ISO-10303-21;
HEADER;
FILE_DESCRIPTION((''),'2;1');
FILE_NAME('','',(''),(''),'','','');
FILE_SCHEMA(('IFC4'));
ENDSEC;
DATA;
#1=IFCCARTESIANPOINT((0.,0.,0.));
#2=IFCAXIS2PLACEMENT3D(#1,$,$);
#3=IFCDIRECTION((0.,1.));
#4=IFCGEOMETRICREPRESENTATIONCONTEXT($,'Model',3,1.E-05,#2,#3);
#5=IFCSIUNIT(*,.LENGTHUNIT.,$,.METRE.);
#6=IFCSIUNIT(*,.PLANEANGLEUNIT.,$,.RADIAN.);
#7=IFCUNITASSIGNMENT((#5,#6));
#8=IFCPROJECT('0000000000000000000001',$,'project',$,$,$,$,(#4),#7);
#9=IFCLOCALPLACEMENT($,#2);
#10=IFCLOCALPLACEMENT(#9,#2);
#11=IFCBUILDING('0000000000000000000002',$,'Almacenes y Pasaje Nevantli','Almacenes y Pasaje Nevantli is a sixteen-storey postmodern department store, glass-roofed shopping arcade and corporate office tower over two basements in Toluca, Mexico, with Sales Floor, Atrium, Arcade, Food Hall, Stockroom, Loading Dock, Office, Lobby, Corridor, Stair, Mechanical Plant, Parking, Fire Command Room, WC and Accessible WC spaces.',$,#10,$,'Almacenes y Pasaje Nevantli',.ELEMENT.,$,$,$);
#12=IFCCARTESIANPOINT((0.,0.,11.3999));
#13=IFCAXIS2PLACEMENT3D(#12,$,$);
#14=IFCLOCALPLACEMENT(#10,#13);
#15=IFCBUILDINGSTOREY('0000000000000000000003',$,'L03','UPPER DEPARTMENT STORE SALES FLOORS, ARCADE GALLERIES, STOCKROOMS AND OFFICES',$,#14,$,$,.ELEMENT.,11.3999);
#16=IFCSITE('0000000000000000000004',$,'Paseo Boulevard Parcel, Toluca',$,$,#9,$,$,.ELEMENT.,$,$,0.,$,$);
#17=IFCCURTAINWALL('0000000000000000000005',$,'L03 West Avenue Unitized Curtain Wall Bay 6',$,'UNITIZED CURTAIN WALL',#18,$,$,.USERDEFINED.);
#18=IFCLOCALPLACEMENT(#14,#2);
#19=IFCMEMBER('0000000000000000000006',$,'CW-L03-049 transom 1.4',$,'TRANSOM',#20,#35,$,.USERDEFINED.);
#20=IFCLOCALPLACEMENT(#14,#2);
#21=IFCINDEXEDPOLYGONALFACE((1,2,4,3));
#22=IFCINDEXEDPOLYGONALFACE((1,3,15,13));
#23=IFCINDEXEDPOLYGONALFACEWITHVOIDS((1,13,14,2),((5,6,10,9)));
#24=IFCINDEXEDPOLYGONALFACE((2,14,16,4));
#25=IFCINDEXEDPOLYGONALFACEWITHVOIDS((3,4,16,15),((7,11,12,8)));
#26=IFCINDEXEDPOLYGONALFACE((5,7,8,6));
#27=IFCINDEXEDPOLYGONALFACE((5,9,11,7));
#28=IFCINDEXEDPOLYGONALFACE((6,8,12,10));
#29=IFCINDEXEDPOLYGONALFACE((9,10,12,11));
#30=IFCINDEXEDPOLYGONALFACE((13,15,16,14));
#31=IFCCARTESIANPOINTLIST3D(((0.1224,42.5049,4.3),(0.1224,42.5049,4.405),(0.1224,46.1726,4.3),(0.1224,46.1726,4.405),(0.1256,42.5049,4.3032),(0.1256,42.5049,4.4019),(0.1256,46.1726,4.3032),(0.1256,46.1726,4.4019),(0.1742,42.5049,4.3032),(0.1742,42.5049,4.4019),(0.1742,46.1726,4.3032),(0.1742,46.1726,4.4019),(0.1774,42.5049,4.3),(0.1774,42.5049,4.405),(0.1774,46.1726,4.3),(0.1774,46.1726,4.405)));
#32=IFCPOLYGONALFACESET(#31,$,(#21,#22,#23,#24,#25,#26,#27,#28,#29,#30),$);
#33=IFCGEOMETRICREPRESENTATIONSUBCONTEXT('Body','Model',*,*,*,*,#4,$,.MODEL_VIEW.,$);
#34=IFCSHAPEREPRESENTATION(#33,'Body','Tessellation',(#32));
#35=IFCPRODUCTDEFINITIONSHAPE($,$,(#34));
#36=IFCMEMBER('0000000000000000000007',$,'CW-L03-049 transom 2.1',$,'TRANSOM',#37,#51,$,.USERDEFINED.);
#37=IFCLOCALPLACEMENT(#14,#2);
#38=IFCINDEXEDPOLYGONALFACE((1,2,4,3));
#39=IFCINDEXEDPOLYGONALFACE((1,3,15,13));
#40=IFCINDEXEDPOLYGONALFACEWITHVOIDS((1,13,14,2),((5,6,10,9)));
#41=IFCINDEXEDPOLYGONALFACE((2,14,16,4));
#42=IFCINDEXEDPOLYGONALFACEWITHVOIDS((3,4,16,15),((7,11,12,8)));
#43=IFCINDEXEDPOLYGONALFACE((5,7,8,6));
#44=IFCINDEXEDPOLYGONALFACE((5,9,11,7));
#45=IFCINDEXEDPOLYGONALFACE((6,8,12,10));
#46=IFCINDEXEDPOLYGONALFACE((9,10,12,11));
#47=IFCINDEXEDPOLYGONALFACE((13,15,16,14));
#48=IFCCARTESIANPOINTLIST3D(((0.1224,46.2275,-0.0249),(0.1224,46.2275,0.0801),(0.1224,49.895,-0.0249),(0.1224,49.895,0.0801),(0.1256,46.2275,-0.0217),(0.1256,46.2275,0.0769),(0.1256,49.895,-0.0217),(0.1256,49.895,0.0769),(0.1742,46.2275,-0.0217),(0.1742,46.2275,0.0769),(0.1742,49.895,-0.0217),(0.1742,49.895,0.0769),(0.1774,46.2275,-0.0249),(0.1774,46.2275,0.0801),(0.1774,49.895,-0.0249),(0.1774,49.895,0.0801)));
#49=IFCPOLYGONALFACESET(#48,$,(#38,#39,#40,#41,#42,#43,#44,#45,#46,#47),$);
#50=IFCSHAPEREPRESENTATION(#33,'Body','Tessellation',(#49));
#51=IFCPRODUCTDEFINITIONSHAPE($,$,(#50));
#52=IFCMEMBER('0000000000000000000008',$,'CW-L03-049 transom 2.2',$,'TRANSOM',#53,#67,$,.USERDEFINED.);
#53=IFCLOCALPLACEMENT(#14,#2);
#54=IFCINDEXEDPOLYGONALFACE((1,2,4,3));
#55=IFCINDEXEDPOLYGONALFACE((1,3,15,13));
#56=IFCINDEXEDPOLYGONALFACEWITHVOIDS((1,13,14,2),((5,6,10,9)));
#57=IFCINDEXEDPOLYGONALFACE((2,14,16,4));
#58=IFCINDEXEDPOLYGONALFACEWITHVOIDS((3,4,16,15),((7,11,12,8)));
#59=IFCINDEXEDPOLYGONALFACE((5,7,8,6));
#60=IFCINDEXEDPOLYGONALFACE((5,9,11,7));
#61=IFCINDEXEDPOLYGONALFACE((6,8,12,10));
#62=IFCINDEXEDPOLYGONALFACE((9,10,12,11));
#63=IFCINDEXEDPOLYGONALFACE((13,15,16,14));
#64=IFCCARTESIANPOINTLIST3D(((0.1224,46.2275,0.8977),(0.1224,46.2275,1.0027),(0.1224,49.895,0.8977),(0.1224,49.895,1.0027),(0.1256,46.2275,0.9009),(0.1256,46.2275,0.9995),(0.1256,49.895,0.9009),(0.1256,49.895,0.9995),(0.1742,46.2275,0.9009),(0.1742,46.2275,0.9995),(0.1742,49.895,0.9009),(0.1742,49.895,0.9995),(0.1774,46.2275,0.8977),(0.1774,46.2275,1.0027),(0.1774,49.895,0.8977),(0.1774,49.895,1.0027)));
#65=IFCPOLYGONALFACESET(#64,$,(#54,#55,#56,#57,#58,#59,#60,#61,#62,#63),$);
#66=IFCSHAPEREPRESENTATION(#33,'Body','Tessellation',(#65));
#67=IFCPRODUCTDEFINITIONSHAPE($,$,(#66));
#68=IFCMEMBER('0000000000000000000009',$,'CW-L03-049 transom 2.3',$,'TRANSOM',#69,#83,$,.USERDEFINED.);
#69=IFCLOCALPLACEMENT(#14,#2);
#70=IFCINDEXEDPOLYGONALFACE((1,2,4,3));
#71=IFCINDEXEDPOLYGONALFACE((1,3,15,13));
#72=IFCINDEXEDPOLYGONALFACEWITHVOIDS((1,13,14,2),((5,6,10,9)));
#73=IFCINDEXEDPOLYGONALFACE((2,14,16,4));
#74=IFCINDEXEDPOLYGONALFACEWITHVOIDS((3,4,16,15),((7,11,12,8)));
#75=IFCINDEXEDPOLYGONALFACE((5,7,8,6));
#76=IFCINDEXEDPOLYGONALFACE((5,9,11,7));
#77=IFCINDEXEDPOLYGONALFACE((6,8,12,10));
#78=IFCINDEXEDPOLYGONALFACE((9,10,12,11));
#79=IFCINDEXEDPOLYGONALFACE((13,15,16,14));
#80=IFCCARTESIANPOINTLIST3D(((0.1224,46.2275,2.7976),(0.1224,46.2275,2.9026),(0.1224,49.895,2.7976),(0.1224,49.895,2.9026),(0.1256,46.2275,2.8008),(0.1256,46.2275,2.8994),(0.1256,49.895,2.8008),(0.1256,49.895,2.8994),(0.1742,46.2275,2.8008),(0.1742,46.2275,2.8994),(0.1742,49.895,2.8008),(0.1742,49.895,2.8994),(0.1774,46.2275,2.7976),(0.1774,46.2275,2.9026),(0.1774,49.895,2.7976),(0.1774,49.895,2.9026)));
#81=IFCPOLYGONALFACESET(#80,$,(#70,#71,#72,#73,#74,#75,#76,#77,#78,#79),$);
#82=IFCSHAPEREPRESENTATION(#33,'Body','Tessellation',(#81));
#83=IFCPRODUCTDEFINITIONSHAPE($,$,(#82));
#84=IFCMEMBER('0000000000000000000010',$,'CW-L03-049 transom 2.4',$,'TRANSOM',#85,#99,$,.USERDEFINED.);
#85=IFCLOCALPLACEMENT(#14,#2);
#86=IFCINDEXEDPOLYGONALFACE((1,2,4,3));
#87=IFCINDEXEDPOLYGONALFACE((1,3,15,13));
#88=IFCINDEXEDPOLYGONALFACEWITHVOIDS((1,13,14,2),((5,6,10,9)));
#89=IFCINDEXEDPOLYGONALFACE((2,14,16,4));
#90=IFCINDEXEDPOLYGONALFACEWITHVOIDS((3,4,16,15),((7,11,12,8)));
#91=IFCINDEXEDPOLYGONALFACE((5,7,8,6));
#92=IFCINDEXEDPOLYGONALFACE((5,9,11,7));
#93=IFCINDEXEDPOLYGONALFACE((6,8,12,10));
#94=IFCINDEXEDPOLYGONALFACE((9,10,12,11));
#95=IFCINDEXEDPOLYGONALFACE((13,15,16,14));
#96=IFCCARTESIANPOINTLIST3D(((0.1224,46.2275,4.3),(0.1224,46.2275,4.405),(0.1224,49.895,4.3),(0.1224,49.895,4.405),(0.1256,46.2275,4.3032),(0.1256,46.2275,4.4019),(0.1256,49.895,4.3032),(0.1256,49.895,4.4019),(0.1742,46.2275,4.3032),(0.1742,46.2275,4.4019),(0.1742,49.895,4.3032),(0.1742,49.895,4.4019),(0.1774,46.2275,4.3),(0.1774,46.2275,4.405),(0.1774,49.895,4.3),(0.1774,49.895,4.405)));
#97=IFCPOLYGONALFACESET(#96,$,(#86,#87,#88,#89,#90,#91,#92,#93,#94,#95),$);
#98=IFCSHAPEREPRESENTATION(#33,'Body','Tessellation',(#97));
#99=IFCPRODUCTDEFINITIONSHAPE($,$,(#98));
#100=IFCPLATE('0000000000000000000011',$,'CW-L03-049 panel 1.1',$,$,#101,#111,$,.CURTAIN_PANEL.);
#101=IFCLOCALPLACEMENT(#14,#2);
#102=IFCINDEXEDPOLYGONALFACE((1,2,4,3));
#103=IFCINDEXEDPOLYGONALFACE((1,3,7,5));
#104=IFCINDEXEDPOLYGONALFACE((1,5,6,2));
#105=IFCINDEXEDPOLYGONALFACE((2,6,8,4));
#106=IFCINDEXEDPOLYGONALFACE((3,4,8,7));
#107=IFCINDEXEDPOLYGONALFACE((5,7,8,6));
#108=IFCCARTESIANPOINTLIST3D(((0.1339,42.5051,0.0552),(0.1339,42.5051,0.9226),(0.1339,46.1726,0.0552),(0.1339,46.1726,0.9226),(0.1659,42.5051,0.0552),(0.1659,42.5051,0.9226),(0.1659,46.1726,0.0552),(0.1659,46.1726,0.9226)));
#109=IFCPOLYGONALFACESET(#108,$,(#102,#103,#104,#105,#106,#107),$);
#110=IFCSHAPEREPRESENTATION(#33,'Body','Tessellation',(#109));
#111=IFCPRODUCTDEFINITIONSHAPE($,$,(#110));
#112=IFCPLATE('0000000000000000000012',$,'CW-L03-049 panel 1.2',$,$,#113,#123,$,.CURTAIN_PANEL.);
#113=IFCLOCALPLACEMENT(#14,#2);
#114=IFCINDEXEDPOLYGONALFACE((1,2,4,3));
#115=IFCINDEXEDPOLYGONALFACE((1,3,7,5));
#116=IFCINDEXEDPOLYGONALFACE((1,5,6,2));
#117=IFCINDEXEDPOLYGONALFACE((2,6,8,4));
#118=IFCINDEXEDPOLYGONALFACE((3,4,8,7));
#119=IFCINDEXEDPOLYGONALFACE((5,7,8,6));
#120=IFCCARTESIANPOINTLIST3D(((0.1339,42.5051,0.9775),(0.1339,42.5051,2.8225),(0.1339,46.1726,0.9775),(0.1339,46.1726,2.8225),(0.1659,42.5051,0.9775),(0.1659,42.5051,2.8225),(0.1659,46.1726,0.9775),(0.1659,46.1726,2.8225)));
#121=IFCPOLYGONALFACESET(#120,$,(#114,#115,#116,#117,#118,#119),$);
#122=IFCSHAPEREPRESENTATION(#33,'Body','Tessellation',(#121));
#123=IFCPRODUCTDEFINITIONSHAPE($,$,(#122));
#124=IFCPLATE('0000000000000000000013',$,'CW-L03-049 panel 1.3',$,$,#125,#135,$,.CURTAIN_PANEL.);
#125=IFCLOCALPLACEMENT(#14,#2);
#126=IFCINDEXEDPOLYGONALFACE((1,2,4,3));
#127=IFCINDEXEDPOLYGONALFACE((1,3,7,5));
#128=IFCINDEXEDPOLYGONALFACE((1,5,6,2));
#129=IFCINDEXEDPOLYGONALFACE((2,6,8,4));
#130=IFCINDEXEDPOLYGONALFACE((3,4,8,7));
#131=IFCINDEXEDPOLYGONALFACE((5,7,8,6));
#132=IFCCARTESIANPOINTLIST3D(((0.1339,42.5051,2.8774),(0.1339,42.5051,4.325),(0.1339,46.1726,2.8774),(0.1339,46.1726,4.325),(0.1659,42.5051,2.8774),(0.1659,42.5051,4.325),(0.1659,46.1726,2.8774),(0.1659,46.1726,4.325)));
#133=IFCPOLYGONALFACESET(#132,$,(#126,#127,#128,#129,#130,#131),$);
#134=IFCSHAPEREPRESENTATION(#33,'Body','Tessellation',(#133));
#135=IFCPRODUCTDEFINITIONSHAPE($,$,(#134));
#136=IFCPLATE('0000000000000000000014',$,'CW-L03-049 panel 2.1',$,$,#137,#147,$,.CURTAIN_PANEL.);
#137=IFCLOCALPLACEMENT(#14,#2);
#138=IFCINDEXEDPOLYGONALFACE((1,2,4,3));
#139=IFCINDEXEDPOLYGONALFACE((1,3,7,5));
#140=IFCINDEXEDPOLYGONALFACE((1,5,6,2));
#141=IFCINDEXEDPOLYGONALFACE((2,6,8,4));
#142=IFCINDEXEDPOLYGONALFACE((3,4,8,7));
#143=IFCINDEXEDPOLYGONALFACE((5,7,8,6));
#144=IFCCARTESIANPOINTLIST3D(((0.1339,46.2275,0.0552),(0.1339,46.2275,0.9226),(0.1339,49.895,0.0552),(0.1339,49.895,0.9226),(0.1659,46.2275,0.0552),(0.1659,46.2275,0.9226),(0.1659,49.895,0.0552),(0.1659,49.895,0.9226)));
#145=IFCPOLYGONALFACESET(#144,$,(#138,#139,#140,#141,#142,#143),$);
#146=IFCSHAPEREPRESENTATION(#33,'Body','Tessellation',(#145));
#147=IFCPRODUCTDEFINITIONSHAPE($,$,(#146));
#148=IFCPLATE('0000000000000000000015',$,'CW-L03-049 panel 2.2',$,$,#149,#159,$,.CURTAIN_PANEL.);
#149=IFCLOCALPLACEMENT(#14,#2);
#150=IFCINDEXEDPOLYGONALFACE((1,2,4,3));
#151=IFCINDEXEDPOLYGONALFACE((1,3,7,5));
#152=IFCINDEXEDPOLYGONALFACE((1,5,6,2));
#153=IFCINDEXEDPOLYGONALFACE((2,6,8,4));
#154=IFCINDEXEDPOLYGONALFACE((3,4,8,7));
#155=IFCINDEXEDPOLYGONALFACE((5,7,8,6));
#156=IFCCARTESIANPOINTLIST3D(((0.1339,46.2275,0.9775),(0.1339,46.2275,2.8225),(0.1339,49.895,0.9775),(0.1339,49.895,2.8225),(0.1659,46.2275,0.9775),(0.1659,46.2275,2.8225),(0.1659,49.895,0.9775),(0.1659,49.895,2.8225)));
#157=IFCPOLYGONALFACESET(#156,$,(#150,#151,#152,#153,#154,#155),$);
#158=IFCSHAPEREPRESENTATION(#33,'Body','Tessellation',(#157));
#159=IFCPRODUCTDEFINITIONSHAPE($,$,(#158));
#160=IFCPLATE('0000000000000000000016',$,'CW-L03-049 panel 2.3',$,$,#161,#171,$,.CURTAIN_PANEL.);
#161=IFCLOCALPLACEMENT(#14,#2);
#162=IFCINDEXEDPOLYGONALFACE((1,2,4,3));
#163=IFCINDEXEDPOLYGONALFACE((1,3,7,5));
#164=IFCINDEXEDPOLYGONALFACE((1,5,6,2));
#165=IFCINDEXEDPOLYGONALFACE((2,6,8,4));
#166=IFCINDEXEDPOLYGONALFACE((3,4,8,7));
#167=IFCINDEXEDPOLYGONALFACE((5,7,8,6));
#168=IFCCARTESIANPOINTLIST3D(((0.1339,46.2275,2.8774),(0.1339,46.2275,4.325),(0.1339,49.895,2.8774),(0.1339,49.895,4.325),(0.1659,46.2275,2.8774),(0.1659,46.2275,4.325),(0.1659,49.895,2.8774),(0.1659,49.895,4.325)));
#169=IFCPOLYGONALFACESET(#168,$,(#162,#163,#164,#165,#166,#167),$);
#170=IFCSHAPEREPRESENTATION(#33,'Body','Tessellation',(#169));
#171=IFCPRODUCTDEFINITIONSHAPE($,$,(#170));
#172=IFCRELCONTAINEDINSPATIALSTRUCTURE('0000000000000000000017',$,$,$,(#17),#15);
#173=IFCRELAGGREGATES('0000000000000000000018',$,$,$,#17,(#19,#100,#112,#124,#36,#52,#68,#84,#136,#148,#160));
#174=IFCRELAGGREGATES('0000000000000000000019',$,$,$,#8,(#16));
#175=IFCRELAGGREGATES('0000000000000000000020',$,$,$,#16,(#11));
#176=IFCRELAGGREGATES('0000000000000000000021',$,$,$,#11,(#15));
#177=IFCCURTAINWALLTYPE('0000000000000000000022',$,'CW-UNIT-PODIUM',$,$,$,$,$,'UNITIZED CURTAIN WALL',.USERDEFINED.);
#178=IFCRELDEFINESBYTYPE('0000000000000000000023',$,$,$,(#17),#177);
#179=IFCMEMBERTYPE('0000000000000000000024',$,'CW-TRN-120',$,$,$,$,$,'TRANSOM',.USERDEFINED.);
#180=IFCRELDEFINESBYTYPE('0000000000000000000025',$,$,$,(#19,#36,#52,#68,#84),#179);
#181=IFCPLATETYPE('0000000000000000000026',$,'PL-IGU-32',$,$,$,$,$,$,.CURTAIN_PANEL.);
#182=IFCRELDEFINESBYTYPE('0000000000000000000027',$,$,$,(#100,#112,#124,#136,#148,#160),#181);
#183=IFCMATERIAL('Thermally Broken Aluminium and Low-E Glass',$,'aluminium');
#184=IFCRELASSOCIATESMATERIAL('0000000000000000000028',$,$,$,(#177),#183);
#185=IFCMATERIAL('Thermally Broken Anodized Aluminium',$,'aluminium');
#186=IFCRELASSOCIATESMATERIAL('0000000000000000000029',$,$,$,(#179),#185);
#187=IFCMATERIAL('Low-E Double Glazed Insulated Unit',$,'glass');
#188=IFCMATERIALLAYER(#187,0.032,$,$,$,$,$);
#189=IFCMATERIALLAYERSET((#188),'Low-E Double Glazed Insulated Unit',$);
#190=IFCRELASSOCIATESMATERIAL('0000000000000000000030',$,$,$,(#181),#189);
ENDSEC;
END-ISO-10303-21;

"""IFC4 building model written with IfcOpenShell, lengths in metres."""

from ifc_helpers import new_model, si_unit, direction, frame, origin, origin_2d, place, context, subcontext, project, spatial, rectangle, hollow_rectangle, extrude, material, layer, layer_set, material_profile, profile_set, type_object, element, aggregate, save


model = new_model("IFC4")

# Units and contexts
model_context = context("Model", 3, precision=1e-05, world=origin(), true_north=direction((0.0, 1.0)))
body_context = subcontext(model_context, "Body", "Model", "MODEL_VIEW")
ifc_project = project(units=[si_unit("LENGTHUNIT", "METRE"), si_unit("PLANEANGLEUNIT", "RADIAN")], contexts=[model_context])

# Site, building, storey
site_placement = place(None, origin())
site = spatial("IfcSite", under=ifc_project, at=site_placement, Name="Paseo Boulevard Parcel, Toluca", CompositionType="ELEMENT", RefElevation=0.0)
building_placement = place(site_placement, origin())
building = spatial("IfcBuilding", under=site, at=building_placement, Name="Almacenes y Pasaje Nevantli", Description="Almacenes y Pasaje Nevantli is a sixteen-storey postmodern department store, glass-roofed shopping arcade and corporate office tower over two basements in Toluca, Mexico, with Sales Floor, Atrium, Arcade, Food Hall, Stockroom, Loading Dock, Office, Lobby, Corridor, Stair, Mechanical Plant, Parking, Fire Command Room, WC and Accessible WC spaces.", LongName="Almacenes y Pasaje Nevantli", CompositionType="ELEMENT")
storey_placement = place(building_placement, frame((0.0, 0.0, 11.3999)))
storey = spatial("IfcBuildingStorey", under=building, at=storey_placement, Name="L03", Description="UPPER DEPARTMENT STORE SALES FLOORS, ARCADE GALLERIES, STOCKROOMS AND OFFICES", CompositionType="ELEMENT", Elevation=11.3999)

# Curtain wall, members, plates
ifc_material_1 = material(Name="Thermally Broken Aluminium and Low-E Glass", Category="aluminium")
curtain_wall_type = type_object("IfcCurtainWallType", Name="CW-UNIT-PODIUM", ElementType="UNITIZED CURTAIN WALL", PredefinedType="USERDEFINED", material=ifc_material_1)
curtain_wall_placement = place(storey_placement, origin())
curtain_wall = element("IfcCurtainWall", 1, at=curtain_wall_placement, inside=storey, type_object=curtain_wall_type, Name="L03 West Avenue Unitized Curtain Wall Bay 6", ObjectType="UNITIZED CURTAIN WALL", PredefinedType="USERDEFINED")
ifc_material_2 = material(Name="Thermally Broken Anodized Aluminium", Category="aluminium")
ifc_material_profile_1 = material_profile(ifc_material_2, hollow_rectangle(XDim=0.0549, YDim=0.105, WallThickness=0.0032, at=origin_2d()), Name="ALU-TRN-55x105")
ifc_profile_set_1 = profile_set([ifc_material_profile_1], Name="Thermally Broken Anodized Aluminium")
member_type_1 = type_object("IfcMemberType", Name="CW-TRN-120", ElementType="TRANSOM", PredefinedType="USERDEFINED", material=ifc_profile_set_1)
member_1_placement = place(storey_placement, frame((0.1499, 42.5049, 4.3525), z_axis=(0.0, 1.0, 0.0), x_axis=(-1.0, 0.0, 0.0)))
member_1 = element("IfcMember", 2, at=member_1_placement, type_object=member_type_1, Name="CW-L03-049 transom 1.4", ObjectType="TRANSOM", PredefinedType="USERDEFINED", context=body_context, shape_type="SweptSolid", body=[
    extrude(hollow_rectangle(XDim=0.0549, YDim=0.105, WallThickness=0.0032, at=origin_2d()), origin(), (0.0, 0.0, 1.0), 3.6677),
])
member_2_placement = place(storey_placement, frame((0.1499, 46.2275, 0.0276), z_axis=(0.0, 1.0, 0.0), x_axis=(-1.0, 0.0, 0.0)))
member_2 = element("IfcMember", 3, at=member_2_placement, type_object=member_type_1, Name="CW-L03-049 transom 2.1", ObjectType="TRANSOM", PredefinedType="USERDEFINED", context=body_context, shape_type="SweptSolid", body=[
    extrude(hollow_rectangle(XDim=0.0549, YDim=0.105, WallThickness=0.0032, at=origin_2d()), origin(), (0.0, 0.0, 1.0), 3.6675),
])
member_3_placement = place(storey_placement, frame((0.1499, 46.2275, 0.9502), z_axis=(0.0, 1.0, 0.0), x_axis=(-1.0, 0.0, 0.0)))
member_3 = element("IfcMember", 4, at=member_3_placement, type_object=member_type_1, Name="CW-L03-049 transom 2.2", ObjectType="TRANSOM", PredefinedType="USERDEFINED", context=body_context, shape_type="SweptSolid", body=[
    extrude(hollow_rectangle(XDim=0.0549, YDim=0.105, WallThickness=0.0032, at=origin_2d()), origin(), (0.0, 0.0, 1.0), 3.6675),
])
member_4_placement = place(storey_placement, frame((0.1499, 46.2275, 2.8501), z_axis=(0.0, 1.0, 0.0), x_axis=(-1.0, 0.0, 0.0)))
member_4 = element("IfcMember", 5, at=member_4_placement, type_object=member_type_1, Name="CW-L03-049 transom 2.3", ObjectType="TRANSOM", PredefinedType="USERDEFINED", context=body_context, shape_type="SweptSolid", body=[
    extrude(hollow_rectangle(XDim=0.0549, YDim=0.105, WallThickness=0.0032, at=origin_2d()), origin(), (0.0, 0.0, 1.0), 3.6675),
])
member_5_placement = place(storey_placement, frame((0.1499, 46.2275, 4.3525), z_axis=(0.0, 1.0, 0.0), x_axis=(-1.0, 0.0, 0.0)))
member_5 = element("IfcMember", 6, at=member_5_placement, type_object=member_type_1, Name="CW-L03-049 transom 2.4", ObjectType="TRANSOM", PredefinedType="USERDEFINED", context=body_context, shape_type="SweptSolid", body=[
    extrude(hollow_rectangle(XDim=0.0549, YDim=0.105, WallThickness=0.0032, at=origin_2d()), origin(), (0.0, 0.0, 1.0), 3.6675),
])
ifc_material_3 = material(Name="Low-E Double Glazed Insulated Unit", Category="glass")
ifc_layer_1 = layer(ifc_material_3, 0.032)
ifc_layer_set_1 = layer_set([ifc_layer_1], Name="Low-E Double Glazed Insulated Unit")
plate_type = type_object("IfcPlateType", Name="PL-IGU-32", PredefinedType="CURTAIN_PANEL", material=ifc_layer_set_1)
plate_1_placement = place(storey_placement, frame((0.1499, 44.3389, 0.0552), z_axis=(0.0, 0.0, 1.0), x_axis=(0.0, 1.0, 0.0)))
plate_1 = element("IfcPlate", 7, at=plate_1_placement, type_object=plate_type, Name="CW-L03-049 panel 1.1", PredefinedType="CURTAIN_PANEL", context=body_context, shape_type="SweptSolid", body=[
    extrude(rectangle(XDim=3.6675, YDim=0.032, at=origin_2d()), origin(), (0.0, 0.0, 1.0), 0.8674),
])
plate_2_placement = place(storey_placement, frame((0.1499, 44.3389, 0.9775), z_axis=(0.0, 0.0, 1.0), x_axis=(0.0, 1.0, 0.0)))
plate_2 = element("IfcPlate", 8, at=plate_2_placement, type_object=plate_type, Name="CW-L03-049 panel 1.2", PredefinedType="CURTAIN_PANEL", context=body_context, shape_type="SweptSolid", body=[
    extrude(rectangle(XDim=3.6675, YDim=0.032, at=origin_2d()), origin(), (0.0, 0.0, 1.0), 1.845),
])
plate_3_placement = place(storey_placement, frame((0.1499, 44.3389, 2.8774), z_axis=(0.0, 0.0, 1.0), x_axis=(0.0, 1.0, 0.0)))
plate_3 = element("IfcPlate", 9, at=plate_3_placement, type_object=plate_type, Name="CW-L03-049 panel 1.3", PredefinedType="CURTAIN_PANEL", context=body_context, shape_type="SweptSolid", body=[
    extrude(rectangle(XDim=3.6675, YDim=0.032, at=origin_2d()), origin(), (0.0, 0.0, 1.0), 1.4475),
])
plate_4_placement = place(storey_placement, frame((0.1499, 48.0613, 0.0552), z_axis=(0.0, 0.0, 1.0), x_axis=(0.0, 1.0, 0.0)))
plate_4 = element("IfcPlate", 10, at=plate_4_placement, type_object=plate_type, Name="CW-L03-049 panel 2.1", PredefinedType="CURTAIN_PANEL", context=body_context, shape_type="SweptSolid", body=[
    extrude(rectangle(XDim=3.6675, YDim=0.032, at=origin_2d()), origin(), (0.0, 0.0, 1.0), 0.8674),
])
plate_5_placement = place(storey_placement, frame((0.1499, 48.0613, 0.9775), z_axis=(0.0, 0.0, 1.0), x_axis=(0.0, 1.0, 0.0)))
plate_5 = element("IfcPlate", 11, at=plate_5_placement, type_object=plate_type, Name="CW-L03-049 panel 2.2", PredefinedType="CURTAIN_PANEL", context=body_context, shape_type="SweptSolid", body=[
    extrude(rectangle(XDim=3.6675, YDim=0.032, at=origin_2d()), origin(), (0.0, 0.0, 1.0), 1.845),
])
plate_6_placement = place(storey_placement, frame((0.1499, 48.0613, 2.8774), z_axis=(0.0, 0.0, 1.0), x_axis=(0.0, 1.0, 0.0)))
plate_6 = element("IfcPlate", 12, at=plate_6_placement, type_object=plate_type, Name="CW-L03-049 panel 2.3", PredefinedType="CURTAIN_PANEL", context=body_context, shape_type="SweptSolid", body=[
    extrude(rectangle(XDim=3.6675, YDim=0.032, at=origin_2d()), origin(), (0.0, 0.0, 1.0), 1.4475),
])
aggregate(curtain_wall, [member_1, plate_1, plate_2, plate_3, member_2, member_3, member_4, member_5, plate_4, plate_5, plate_6])

save(model, "model.ifc")
